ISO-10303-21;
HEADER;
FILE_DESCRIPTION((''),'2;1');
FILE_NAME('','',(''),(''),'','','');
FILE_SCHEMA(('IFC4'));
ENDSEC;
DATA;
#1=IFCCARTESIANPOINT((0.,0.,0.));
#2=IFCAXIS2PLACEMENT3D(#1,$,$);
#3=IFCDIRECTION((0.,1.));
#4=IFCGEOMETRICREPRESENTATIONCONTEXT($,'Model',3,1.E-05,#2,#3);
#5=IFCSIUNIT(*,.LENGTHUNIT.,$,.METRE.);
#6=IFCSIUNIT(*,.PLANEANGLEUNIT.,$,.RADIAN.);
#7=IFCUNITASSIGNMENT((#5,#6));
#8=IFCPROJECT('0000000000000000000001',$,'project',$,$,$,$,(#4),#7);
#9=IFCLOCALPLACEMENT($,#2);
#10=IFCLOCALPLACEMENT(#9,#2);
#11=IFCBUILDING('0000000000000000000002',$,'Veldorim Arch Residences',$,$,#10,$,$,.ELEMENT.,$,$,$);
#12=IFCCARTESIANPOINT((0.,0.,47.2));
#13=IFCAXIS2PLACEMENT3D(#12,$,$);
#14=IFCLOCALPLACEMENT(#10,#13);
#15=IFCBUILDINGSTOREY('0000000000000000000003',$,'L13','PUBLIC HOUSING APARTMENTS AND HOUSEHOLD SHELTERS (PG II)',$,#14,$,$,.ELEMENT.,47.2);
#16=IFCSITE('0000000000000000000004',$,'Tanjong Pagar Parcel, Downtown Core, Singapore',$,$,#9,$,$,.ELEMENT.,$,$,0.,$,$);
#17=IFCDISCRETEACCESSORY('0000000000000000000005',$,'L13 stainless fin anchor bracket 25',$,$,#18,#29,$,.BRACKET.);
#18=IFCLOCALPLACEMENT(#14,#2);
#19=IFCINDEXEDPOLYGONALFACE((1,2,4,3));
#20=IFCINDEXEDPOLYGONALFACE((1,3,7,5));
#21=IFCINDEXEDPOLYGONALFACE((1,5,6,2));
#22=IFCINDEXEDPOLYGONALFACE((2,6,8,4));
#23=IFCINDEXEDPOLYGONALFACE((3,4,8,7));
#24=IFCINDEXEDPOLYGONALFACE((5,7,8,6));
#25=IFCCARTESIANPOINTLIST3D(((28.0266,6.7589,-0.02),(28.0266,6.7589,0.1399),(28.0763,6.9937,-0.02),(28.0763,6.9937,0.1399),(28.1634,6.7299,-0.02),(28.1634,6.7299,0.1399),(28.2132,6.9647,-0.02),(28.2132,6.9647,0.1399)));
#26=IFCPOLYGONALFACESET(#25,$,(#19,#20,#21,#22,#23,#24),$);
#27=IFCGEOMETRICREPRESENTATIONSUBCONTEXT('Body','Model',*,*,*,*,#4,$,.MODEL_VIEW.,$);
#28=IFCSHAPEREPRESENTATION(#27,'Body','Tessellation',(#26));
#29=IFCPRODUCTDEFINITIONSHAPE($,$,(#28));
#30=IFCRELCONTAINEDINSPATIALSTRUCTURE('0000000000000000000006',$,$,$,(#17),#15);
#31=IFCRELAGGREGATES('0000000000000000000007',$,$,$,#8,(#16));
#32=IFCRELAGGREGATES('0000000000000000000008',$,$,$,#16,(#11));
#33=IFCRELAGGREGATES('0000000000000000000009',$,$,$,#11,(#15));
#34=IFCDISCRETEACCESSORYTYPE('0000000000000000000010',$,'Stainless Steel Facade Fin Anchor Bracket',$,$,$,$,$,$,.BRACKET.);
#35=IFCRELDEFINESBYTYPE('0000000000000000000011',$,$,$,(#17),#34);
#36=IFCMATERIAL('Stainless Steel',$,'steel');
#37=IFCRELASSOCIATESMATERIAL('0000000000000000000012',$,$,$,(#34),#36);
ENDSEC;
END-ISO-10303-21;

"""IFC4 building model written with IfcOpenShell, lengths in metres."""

from ifc_helpers import new_model, si_unit, direction, frame, origin, origin_2d, place, context, subcontext, project, spatial, rectangle, extrude, material, type_object, element, save


model = new_model("IFC4")

# Units and contexts
model_context = context("Model", 3, precision=1e-05, world=origin(), true_north=direction((0.0, 1.0)))
body_context = subcontext(model_context, "Body", "Model", "MODEL_VIEW")
ifc_project = project(units=[si_unit("LENGTHUNIT", "METRE"), si_unit("PLANEANGLEUNIT", "RADIAN")], contexts=[model_context])

# Site, building, storey
site_placement = place(None, origin())
site = spatial("IfcSite", under=ifc_project, at=site_placement, Name="Tanjong Pagar Parcel, Downtown Core, Singapore", CompositionType="ELEMENT", RefElevation=0.0)
building_placement = place(site_placement, origin())
building = spatial("IfcBuilding", under=site, at=building_placement, Name="Veldorim Arch Residences", CompositionType="ELEMENT")
storey_placement = place(building_placement, frame((0.0, 0.0, 47.2)))
storey = spatial("IfcBuildingStorey", under=building, at=storey_placement, Name="L13", Description="PUBLIC HOUSING APARTMENTS AND HOUSEHOLD SHELTERS (PG II)", CompositionType="ELEMENT", Elevation=47.2)

# Discrete accessory
ifc_material_1 = material(Name="Stainless Steel", Category="steel")
discrete_accessory_type = type_object("IfcDiscreteAccessoryType", Name="Stainless Steel Facade Fin Anchor Bracket", PredefinedType="BRACKET", material=ifc_material_1)
discrete_accessory_placement = place(storey_placement, frame((28.1199, 6.8618, -0.02), z_axis=(0.0, 0.0, 1.0), x_axis=(-0.978256, 0.2074, 0.0)))
element("IfcDiscreteAccessory", 1, at=discrete_accessory_placement, inside=storey, type_object=discrete_accessory_type, Name="L13 stainless fin anchor bracket 25", PredefinedType="BRACKET", context=body_context, shape_type="SweptSolid", body=[
    extrude(rectangle(XDim=0.1399, YDim=0.24, at=origin_2d()), origin(), (0.0, 0.0, 1.0), 0.1599),
])

save(model, "model.ifc")
